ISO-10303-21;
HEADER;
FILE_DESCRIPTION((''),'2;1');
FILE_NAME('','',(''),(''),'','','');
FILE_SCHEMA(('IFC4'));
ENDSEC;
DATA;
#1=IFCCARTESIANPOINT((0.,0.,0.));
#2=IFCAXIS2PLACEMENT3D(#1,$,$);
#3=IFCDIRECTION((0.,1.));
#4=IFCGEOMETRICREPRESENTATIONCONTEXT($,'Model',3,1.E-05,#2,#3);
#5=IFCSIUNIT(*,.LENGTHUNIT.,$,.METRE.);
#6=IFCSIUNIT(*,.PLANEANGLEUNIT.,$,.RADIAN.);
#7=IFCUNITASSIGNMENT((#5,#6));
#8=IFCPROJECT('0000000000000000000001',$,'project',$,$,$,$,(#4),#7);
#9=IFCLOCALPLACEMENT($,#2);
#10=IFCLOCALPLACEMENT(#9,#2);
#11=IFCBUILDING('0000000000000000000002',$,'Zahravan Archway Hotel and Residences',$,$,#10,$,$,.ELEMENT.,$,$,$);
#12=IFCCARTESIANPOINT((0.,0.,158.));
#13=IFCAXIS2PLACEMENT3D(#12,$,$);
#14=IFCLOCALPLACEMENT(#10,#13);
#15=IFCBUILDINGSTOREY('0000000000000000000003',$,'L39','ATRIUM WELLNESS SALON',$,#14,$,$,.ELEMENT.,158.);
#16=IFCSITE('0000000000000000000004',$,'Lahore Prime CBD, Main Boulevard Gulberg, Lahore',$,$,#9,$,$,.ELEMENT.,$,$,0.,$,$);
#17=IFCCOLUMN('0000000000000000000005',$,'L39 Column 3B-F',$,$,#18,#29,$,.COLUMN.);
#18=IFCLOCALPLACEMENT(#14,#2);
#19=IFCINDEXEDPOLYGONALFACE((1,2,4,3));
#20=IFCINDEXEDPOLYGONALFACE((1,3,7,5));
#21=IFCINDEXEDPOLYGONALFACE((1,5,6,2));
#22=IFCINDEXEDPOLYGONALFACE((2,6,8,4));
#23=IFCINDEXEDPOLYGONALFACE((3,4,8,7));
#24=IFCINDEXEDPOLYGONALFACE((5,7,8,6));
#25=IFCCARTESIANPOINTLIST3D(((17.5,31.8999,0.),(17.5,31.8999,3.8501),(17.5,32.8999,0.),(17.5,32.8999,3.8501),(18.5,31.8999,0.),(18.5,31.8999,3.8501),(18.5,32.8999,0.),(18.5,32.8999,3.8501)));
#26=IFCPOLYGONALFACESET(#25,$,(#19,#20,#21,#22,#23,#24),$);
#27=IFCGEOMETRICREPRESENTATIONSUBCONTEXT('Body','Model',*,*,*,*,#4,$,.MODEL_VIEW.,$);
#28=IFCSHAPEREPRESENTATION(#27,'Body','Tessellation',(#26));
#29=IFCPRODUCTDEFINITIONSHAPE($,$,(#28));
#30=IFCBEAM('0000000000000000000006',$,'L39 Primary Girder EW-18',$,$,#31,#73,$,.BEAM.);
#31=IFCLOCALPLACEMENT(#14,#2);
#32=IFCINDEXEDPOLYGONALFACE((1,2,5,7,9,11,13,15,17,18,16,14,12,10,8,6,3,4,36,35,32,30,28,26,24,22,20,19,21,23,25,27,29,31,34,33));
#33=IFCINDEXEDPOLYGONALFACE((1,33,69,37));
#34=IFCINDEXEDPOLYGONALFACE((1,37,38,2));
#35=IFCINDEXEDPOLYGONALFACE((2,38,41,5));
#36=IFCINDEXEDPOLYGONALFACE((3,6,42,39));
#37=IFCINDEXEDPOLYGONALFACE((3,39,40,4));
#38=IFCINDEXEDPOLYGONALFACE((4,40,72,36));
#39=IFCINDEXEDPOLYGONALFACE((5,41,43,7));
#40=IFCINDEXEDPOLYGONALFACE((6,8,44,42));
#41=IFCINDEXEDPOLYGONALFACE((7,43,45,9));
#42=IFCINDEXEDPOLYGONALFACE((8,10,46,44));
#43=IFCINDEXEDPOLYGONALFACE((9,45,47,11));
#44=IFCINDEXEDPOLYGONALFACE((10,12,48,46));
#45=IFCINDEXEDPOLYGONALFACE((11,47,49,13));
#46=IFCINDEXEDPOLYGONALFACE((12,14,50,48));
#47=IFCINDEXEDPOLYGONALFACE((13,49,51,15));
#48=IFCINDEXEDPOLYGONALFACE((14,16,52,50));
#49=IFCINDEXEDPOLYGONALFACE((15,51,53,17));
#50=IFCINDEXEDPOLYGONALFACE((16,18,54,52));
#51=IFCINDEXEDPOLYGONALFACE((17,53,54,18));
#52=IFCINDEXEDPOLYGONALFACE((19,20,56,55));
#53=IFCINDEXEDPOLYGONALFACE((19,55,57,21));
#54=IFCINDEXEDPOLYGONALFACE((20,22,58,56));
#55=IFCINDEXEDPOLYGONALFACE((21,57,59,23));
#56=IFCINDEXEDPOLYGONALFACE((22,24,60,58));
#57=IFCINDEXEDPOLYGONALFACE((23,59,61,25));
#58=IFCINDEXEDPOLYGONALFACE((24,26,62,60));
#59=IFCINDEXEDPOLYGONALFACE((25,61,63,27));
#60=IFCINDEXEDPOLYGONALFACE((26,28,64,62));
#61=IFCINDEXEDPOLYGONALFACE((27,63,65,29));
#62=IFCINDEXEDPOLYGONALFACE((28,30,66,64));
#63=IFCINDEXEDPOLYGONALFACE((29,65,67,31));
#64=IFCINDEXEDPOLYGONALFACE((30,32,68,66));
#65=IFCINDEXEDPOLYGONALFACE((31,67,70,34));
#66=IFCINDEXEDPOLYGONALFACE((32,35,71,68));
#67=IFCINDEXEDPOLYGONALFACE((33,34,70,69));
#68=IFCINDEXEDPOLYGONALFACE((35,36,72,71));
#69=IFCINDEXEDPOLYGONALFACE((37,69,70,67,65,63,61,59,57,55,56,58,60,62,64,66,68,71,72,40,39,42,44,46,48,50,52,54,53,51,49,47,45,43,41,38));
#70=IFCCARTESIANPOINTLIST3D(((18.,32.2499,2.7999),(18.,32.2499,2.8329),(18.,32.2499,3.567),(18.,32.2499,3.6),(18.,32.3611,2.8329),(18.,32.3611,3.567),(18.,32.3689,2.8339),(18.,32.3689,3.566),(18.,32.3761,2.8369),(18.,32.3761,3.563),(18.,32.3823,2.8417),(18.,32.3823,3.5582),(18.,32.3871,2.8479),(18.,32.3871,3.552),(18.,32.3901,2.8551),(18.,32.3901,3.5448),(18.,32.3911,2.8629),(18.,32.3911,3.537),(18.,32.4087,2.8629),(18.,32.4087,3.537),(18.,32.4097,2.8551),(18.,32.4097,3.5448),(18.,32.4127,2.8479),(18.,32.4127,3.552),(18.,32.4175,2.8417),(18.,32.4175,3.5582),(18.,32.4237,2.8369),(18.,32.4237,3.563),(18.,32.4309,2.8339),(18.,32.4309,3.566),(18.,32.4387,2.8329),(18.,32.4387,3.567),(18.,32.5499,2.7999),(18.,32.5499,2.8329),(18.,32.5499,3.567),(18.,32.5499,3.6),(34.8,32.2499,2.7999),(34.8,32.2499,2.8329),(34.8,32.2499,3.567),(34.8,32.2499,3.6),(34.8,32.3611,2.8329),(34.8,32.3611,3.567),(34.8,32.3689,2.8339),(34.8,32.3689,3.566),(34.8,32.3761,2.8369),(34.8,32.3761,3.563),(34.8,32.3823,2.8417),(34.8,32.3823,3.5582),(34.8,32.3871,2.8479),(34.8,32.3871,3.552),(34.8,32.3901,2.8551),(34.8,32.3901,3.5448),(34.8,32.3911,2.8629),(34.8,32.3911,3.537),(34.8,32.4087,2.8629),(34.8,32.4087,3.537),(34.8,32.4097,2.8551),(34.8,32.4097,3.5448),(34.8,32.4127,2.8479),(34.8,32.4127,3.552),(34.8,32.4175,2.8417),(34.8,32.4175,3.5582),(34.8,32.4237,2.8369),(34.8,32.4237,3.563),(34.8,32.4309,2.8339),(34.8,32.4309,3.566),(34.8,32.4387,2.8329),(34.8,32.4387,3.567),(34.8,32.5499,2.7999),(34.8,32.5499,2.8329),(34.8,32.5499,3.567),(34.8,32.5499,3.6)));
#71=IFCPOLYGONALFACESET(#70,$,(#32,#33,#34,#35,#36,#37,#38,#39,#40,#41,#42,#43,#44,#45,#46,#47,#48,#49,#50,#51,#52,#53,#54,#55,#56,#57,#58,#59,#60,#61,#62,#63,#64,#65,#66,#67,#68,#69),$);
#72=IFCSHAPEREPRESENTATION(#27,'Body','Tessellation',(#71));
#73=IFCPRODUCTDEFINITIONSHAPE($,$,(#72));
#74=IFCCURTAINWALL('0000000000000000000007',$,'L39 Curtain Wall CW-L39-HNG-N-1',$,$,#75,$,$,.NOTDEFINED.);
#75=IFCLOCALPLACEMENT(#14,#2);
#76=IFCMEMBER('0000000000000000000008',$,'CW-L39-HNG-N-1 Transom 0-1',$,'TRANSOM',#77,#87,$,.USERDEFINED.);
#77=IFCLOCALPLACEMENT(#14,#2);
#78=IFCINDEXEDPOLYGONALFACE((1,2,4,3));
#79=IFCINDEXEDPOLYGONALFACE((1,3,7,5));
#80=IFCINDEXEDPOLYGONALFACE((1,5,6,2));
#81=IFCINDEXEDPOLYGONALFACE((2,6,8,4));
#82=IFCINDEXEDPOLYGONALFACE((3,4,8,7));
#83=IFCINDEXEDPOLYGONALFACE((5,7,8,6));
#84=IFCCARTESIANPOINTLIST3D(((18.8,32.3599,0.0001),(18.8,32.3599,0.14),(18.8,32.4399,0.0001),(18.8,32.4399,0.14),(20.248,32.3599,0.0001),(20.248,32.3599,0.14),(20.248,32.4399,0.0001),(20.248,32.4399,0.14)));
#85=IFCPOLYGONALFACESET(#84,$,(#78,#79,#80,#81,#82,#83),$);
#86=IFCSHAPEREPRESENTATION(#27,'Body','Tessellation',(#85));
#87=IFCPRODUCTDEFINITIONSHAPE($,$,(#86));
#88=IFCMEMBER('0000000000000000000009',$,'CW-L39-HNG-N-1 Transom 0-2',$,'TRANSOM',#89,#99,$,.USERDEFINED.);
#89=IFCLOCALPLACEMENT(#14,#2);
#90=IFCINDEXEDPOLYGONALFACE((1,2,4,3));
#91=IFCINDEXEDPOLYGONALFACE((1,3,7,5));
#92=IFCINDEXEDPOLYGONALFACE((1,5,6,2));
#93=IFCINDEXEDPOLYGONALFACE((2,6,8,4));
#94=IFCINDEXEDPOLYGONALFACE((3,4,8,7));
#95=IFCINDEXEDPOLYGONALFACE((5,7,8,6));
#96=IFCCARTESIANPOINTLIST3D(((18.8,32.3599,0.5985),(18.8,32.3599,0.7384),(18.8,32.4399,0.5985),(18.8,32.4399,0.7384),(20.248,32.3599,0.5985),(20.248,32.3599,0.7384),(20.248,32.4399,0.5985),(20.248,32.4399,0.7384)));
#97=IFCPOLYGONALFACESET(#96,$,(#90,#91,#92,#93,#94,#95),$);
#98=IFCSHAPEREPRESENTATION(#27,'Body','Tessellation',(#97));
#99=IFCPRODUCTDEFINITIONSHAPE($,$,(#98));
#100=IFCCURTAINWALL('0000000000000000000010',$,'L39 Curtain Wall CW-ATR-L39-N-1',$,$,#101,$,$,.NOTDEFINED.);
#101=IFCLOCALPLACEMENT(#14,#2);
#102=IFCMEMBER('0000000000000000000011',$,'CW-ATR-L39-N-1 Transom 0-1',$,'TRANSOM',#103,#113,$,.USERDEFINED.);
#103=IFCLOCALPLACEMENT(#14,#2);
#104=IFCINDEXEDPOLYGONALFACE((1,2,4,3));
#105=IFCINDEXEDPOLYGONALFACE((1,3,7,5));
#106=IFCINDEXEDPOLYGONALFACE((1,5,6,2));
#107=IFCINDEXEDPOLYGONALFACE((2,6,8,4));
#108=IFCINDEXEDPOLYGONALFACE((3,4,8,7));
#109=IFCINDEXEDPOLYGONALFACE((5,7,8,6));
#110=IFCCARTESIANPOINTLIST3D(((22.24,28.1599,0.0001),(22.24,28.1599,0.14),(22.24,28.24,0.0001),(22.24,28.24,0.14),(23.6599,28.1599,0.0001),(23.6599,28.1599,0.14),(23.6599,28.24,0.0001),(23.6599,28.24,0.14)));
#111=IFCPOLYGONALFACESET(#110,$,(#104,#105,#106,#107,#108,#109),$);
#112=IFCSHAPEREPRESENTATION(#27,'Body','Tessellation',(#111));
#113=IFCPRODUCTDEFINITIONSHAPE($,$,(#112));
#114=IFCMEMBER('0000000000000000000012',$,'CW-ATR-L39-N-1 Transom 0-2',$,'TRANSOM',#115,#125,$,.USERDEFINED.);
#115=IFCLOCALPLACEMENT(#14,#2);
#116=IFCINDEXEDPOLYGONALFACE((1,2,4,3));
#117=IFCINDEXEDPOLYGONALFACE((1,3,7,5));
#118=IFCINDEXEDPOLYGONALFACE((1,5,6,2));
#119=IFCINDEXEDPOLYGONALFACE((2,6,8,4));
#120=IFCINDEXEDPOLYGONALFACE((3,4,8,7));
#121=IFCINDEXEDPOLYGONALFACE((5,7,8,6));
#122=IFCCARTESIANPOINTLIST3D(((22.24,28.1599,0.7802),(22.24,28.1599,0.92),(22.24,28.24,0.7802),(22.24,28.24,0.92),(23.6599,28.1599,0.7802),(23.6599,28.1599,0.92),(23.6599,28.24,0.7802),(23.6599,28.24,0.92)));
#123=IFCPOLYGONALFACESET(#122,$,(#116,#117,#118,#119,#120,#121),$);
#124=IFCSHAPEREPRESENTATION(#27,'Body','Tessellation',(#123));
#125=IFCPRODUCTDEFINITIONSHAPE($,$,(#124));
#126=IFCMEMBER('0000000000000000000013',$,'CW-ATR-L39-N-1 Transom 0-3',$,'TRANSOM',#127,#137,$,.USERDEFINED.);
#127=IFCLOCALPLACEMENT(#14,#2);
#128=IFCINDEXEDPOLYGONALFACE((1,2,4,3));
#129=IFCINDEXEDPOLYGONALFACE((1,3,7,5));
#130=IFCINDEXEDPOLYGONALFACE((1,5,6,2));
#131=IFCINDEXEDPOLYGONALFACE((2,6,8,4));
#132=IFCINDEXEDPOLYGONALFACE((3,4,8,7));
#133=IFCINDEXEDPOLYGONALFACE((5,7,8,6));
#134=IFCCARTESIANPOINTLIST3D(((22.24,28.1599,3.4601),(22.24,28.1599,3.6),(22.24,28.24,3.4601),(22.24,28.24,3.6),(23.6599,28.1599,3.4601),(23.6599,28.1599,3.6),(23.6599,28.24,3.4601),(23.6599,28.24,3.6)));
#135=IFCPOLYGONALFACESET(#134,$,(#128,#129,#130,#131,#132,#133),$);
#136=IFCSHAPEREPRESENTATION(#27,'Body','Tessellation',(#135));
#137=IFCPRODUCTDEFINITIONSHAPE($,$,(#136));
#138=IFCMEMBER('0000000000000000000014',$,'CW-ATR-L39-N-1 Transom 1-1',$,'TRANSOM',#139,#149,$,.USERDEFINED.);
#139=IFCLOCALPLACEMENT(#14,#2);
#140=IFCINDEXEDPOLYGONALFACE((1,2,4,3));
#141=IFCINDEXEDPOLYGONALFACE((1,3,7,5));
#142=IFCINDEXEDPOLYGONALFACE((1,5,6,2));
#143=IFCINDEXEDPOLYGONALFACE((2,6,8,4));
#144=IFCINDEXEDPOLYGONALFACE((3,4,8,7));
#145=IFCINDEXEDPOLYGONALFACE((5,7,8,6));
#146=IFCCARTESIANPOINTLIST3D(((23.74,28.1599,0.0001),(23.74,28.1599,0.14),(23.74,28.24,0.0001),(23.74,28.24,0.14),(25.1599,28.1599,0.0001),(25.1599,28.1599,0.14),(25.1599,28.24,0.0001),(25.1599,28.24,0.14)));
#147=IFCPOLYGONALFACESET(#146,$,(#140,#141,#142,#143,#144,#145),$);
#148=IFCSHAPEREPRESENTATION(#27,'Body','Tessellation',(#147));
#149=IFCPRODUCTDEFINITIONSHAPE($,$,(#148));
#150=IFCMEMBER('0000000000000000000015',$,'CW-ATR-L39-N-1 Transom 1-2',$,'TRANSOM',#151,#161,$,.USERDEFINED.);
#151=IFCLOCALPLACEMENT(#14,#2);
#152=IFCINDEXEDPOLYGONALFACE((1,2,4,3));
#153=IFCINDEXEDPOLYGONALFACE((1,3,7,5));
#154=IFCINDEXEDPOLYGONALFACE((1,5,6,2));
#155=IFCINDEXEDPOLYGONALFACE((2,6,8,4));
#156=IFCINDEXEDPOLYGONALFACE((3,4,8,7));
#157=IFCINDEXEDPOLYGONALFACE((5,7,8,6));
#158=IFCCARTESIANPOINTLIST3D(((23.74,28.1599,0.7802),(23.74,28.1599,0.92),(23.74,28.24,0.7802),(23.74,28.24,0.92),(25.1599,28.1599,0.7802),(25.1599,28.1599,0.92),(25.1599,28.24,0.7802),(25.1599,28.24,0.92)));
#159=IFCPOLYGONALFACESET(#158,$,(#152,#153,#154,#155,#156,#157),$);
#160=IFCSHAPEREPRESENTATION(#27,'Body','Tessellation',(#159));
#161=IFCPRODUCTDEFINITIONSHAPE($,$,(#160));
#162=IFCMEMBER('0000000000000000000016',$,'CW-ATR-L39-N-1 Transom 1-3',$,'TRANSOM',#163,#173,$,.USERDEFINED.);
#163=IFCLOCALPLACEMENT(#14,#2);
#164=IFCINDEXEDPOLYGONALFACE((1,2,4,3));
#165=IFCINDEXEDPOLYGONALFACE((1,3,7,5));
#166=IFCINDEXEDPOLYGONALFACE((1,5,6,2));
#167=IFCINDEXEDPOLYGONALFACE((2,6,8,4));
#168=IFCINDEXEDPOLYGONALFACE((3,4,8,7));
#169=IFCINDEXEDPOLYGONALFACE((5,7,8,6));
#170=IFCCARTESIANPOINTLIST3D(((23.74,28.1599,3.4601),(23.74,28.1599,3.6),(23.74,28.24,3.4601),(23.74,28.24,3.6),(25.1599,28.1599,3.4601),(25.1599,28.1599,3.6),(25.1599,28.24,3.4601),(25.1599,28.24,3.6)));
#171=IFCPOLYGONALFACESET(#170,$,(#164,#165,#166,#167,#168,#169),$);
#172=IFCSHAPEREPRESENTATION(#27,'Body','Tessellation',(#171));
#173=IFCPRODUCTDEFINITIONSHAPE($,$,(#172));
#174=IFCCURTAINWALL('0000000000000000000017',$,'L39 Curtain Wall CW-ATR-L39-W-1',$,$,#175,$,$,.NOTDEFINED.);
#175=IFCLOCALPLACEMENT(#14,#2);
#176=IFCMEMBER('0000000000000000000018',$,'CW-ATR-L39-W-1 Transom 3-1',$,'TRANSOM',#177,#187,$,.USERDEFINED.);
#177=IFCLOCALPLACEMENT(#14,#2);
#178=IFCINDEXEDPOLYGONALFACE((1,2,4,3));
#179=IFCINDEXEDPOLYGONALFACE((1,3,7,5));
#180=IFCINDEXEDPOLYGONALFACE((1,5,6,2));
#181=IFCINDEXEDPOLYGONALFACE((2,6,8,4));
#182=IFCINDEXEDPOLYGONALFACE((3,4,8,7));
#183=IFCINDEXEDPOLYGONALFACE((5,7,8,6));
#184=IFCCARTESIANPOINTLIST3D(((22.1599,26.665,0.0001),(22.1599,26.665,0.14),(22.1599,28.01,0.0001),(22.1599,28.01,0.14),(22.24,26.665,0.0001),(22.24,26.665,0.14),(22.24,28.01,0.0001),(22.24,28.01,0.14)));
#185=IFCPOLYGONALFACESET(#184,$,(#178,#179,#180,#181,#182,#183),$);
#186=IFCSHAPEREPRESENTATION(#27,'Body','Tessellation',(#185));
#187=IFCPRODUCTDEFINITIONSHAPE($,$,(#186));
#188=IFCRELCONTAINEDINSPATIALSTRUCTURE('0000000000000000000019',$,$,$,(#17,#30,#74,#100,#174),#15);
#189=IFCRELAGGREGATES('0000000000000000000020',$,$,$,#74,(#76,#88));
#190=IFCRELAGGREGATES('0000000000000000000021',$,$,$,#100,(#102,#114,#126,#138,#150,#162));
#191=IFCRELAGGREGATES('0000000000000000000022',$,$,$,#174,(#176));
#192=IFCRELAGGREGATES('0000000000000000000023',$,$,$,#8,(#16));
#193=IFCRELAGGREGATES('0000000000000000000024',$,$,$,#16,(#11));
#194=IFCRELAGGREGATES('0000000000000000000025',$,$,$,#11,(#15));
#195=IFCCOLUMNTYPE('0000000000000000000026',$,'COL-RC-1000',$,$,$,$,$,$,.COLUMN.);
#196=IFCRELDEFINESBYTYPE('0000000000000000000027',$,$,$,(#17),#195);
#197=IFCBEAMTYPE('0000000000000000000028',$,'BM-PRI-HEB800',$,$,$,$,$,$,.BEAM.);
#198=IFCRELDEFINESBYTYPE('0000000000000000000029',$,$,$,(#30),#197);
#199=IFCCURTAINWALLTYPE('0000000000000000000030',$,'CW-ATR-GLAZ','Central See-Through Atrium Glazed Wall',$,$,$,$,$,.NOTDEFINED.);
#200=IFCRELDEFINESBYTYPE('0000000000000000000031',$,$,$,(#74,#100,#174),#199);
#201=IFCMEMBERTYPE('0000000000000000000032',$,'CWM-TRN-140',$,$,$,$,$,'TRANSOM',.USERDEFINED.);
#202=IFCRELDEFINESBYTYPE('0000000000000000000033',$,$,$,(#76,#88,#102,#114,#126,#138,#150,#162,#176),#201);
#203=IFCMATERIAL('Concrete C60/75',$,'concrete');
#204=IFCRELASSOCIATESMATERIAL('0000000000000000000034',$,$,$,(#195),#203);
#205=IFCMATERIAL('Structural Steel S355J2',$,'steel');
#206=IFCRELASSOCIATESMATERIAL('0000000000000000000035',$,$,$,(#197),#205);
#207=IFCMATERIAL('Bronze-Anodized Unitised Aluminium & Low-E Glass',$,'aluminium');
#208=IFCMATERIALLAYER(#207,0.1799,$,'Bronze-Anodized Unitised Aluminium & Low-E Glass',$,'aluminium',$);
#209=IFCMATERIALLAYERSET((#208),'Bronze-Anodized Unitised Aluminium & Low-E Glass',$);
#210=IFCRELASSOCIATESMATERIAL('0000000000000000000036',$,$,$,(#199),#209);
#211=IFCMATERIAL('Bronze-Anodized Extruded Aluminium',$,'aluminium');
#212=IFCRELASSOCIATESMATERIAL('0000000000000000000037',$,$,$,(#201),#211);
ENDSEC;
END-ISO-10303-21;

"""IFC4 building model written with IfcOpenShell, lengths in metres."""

from ifc_helpers import new_model, si_unit, direction, frame, origin, origin_2d, place, context, subcontext, project, spatial, rectangle, i_section, extrude, source, transform, mapped, material, layer, layer_set, material_profile, profile_set, type_object, type_shapes, element, aggregate, save


model = new_model("IFC4")

# Units and contexts
model_context = context("Model", 3, precision=1e-05, world=origin(), true_north=direction((0.0, 1.0)))
body_context = subcontext(model_context, "Body", "Model", "MODEL_VIEW")
ifc_project = project(units=[si_unit("LENGTHUNIT", "METRE"), si_unit("PLANEANGLEUNIT", "RADIAN")], contexts=[model_context])

# Site, building, storey
site_placement = place(None, origin())
site = spatial("IfcSite", under=ifc_project, at=site_placement, Name="Lahore Prime CBD, Main Boulevard Gulberg, Lahore", CompositionType="ELEMENT", RefElevation=0.0)
building_placement = place(site_placement, origin())
building = spatial("IfcBuilding", under=site, at=building_placement, Name="Zahravan Archway Hotel and Residences", CompositionType="ELEMENT")
storey_placement = place(building_placement, frame((0.0, 0.0, 158.0)))
storey = spatial("IfcBuildingStorey", under=building, at=storey_placement, Name="L39", Description="ATRIUM WELLNESS SALON", CompositionType="ELEMENT", Elevation=158.0)

# Column
ifc_material_1 = material(Name="Concrete C60/75", Category="concrete")
ifc_material_profile_1 = material_profile(ifc_material_1, rectangle(XDim=1.0, YDim=1.0, at=origin_2d()), Name="RC-COL-1000x1000", Category="concrete")
ifc_profile_set_1 = profile_set([ifc_material_profile_1], Name="Concrete C60/75")
column_type = type_object("IfcColumnType", Name="COL-RC-1000", PredefinedType="COLUMN", material=ifc_profile_set_1)
shared_shape_1 = source(origin(), body_context, "Body", "SweptSolid", [
    extrude(rectangle(XDim=1.0, YDim=1.0, at=origin_2d()), origin(), (0.0, 0.0, 1.0), 3.8501),
])
column_placement = place(storey_placement, frame((18.0, 32.3999, 0.0), z_axis=(0.0, 0.0, 1.0), x_axis=(1.0, 0.0, 0.0)))
element("IfcColumn", 1, at=column_placement, inside=storey, type_object=column_type, Name="L39 Column 3B-F", PredefinedType="COLUMN", context=body_context, shape_type="MappedRepresentation", body=[
    mapped(shared_shape_1, transform((0.0, 0.0, 0.0), scale=1.0)),
])

# Beam
ifc_material_2 = material(Name="Structural Steel S355J2", Category="steel")
ifc_material_profile_2 = material_profile(ifc_material_2, i_section(OverallWidth=0.3, OverallDepth=0.8, WebThickness=0.0176, FlangeThickness=0.033, FilletRadius=0.03, at=origin_2d()), Name="HEB 800", Category="steel")
ifc_profile_set_2 = profile_set([ifc_material_profile_2], Name="Structural Steel S355J2")
beam_type = type_object("IfcBeamType", Name="BM-PRI-HEB800", PredefinedType="BEAM", material=ifc_profile_set_2)
shared_shape_2 = source(origin(), body_context, "Body", "SweptSolid", [
    extrude(i_section(OverallWidth=0.3, OverallDepth=0.8, WebThickness=0.0176, FlangeThickness=0.033, FilletRadius=0.03, at=origin_2d()), origin(), (0.0, 0.0, 1.0), 16.8),
])
type_shapes(beam_type, [shared_shape_2])
beam_placement = place(storey_placement, frame((18.0, 32.3999, 3.2), z_axis=(1.0, 0.0, 0.0), x_axis=(0.0, 1.0, 0.0)))
element("IfcBeam", 2, at=beam_placement, inside=storey, type_object=beam_type, Name="L39 Primary Girder EW-18", PredefinedType="BEAM", context=body_context, shape_type="MappedRepresentation", body=[
    mapped(shared_shape_2, transform((0.0, 0.0, 0.0), scale=1.0)),
])

# Curtain walls, members
ifc_material_3 = material(Name="Bronze-Anodized Unitised Aluminium & Low-E Glass", Category="aluminium")
ifc_layer_1 = layer(ifc_material_3, 0.1799, Name="Bronze-Anodized Unitised Aluminium & Low-E Glass", Category="aluminium")
ifc_layer_set_1 = layer_set([ifc_layer_1], Name="Bronze-Anodized Unitised Aluminium & Low-E Glass")
curtain_wall_type = type_object("IfcCurtainWallType", Name="CW-ATR-GLAZ", Description="Central See-Through Atrium Glazed Wall", PredefinedType="NOTDEFINED", material=ifc_layer_set_1)
curtain_wall_1_placement = place(storey_placement, origin())
curtain_wall_1 = element("IfcCurtainWall", 3, at=curtain_wall_1_placement, inside=storey, type_object=curtain_wall_type, Name="L39 Curtain Wall CW-L39-HNG-N-1", PredefinedType="NOTDEFINED")
ifc_material_4 = material(Name="Bronze-Anodized Extruded Aluminium", Category="aluminium")
ifc_material_profile_3 = material_profile(ifc_material_4, rectangle(XDim=0.0801, YDim=0.1399, at=origin_2d()), Name="TRN 80x140", Category="aluminium")
ifc_profile_set_3 = profile_set([ifc_material_profile_3], Name="Bronze-Anodized Extruded Aluminium")
member_type_1 = type_object("IfcMemberType", Name="CWM-TRN-140", ElementType="TRANSOM", PredefinedType="USERDEFINED", material=ifc_profile_set_3)
shared_shape_3 = source(origin(), body_context, "Body", "SweptSolid", [
    extrude(rectangle(XDim=0.0801, YDim=0.1399, at=origin_2d()), origin(), (0.0, 0.0, 1.0), 1.448),
])
member_1_placement = place(storey_placement, frame((18.8, 32.3999, 0.0701), z_axis=(1.0, 0.0, 0.0), x_axis=(0.0, 1.0, 0.0)))
member_1 = element("IfcMember", 4, at=member_1_placement, type_object=member_type_1, Name="CW-L39-HNG-N-1 Transom 0-1", ObjectType="TRANSOM", PredefinedType="USERDEFINED", context=body_context, shape_type="MappedRepresentation", body=[
    mapped(shared_shape_3, transform((0.0, 0.0, 0.0), scale=1.0)),
])
member_2_placement = place(storey_placement, frame((18.8, 32.3999, 0.6685), z_axis=(1.0, 0.0, 0.0), x_axis=(0.0, 1.0, 0.0)))
member_2 = element("IfcMember", 5, at=member_2_placement, type_object=member_type_1, Name="CW-L39-HNG-N-1 Transom 0-2", ObjectType="TRANSOM", PredefinedType="USERDEFINED", context=body_context, shape_type="MappedRepresentation", body=[
    mapped(shared_shape_3, transform((0.0, 0.0, 0.0), scale=1.0)),
])
curtain_wall_2_placement = place(storey_placement, origin())
curtain_wall_2 = element("IfcCurtainWall", 6, at=curtain_wall_2_placement, inside=storey, type_object=curtain_wall_type, Name="L39 Curtain Wall CW-ATR-L39-N-1", PredefinedType="NOTDEFINED")
shared_shape_4 = source(origin(), body_context, "Body", "SweptSolid", [
    extrude(rectangle(XDim=0.0801, YDim=0.1399, at=origin_2d()), origin(), (0.0, 0.0, 1.0), 1.4199),
])
member_3_placement = place(storey_placement, frame((22.24, 28.2, 0.0701), z_axis=(1.0, 0.0, 0.0), x_axis=(0.0, 1.0, 0.0)))
member_3 = element("IfcMember", 7, at=member_3_placement, type_object=member_type_1, Name="CW-ATR-L39-N-1 Transom 0-1", ObjectType="TRANSOM", PredefinedType="USERDEFINED", context=body_context, shape_type="MappedRepresentation", body=[
    mapped(shared_shape_4, transform((0.0, 0.0, 0.0), scale=1.0)),
])
member_4_placement = place(storey_placement, frame((22.24, 28.2, 0.8501), z_axis=(1.0, 0.0, 0.0), x_axis=(0.0, 1.0, 0.0)))
member_4 = element("IfcMember", 8, at=member_4_placement, type_object=member_type_1, Name="CW-ATR-L39-N-1 Transom 0-2", ObjectType="TRANSOM", PredefinedType="USERDEFINED", context=body_context, shape_type="MappedRepresentation", body=[
    mapped(shared_shape_4, transform((0.0, 0.0, 0.0), scale=1.0)),
])
member_5_placement = place(storey_placement, frame((22.24, 28.2, 3.53), z_axis=(1.0, 0.0, 0.0), x_axis=(0.0, 1.0, 0.0)))
member_5 = element("IfcMember", 9, at=member_5_placement, type_object=member_type_1, Name="CW-ATR-L39-N-1 Transom 0-3", ObjectType="TRANSOM", PredefinedType="USERDEFINED", context=body_context, shape_type="MappedRepresentation", body=[
    mapped(shared_shape_4, transform((0.0, 0.0, 0.0), scale=1.0)),
])
member_6_placement = place(storey_placement, frame((23.74, 28.2, 0.0701), z_axis=(1.0, 0.0, 0.0), x_axis=(0.0, 1.0, 0.0)))
member_6 = element("IfcMember", 10, at=member_6_placement, type_object=member_type_1, Name="CW-ATR-L39-N-1 Transom 1-1", ObjectType="TRANSOM", PredefinedType="USERDEFINED", context=body_context, shape_type="MappedRepresentation", body=[
    mapped(shared_shape_4, transform((0.0, 0.0, 0.0), scale=1.0)),
])
member_7_placement = place(storey_placement, frame((23.74, 28.2, 0.8501), z_axis=(1.0, 0.0, 0.0), x_axis=(0.0, 1.0, 0.0)))
member_7 = element("IfcMember", 11, at=member_7_placement, type_object=member_type_1, Name="CW-ATR-L39-N-1 Transom 1-2", ObjectType="TRANSOM", PredefinedType="USERDEFINED", context=body_context, shape_type="MappedRepresentation", body=[
    mapped(shared_shape_4, transform((0.0, 0.0, 0.0), scale=1.0)),
])
member_8_placement = place(storey_placement, frame((23.74, 28.2, 3.53), z_axis=(1.0, 0.0, 0.0), x_axis=(0.0, 1.0, 0.0)))
member_8 = element("IfcMember", 12, at=member_8_placement, type_object=member_type_1, Name="CW-ATR-L39-N-1 Transom 1-3", ObjectType="TRANSOM", PredefinedType="USERDEFINED", context=body_context, shape_type="MappedRepresentation", body=[
    mapped(shared_shape_4, transform((0.0, 0.0, 0.0), scale=1.0)),
])
curtain_wall_3_placement = place(storey_placement, origin())
curtain_wall_3 = element("IfcCurtainWall", 13, at=curtain_wall_3_placement, inside=storey, type_object=curtain_wall_type, Name="L39 Curtain Wall CW-ATR-L39-W-1", PredefinedType="NOTDEFINED")
shared_shape_5 = source(origin(), body_context, "Body", "SweptSolid", [
    extrude(rectangle(XDim=0.0801, YDim=0.1399, at=origin_2d()), origin(), (0.0, 0.0, 1.0), 1.345),
])
member_9_placement = place(storey_placement, frame((22.2, 26.665, 0.0701), z_axis=(0.0, 1.0, 0.0), x_axis=(-1.0, 0.0, 0.0)))
member_9 = element("IfcMember", 14, at=member_9_placement, type_object=member_type_1, Name="CW-ATR-L39-W-1 Transom 3-1", ObjectType="TRANSOM", PredefinedType="USERDEFINED", context=body_context, shape_type="MappedRepresentation", body=[
    mapped(shared_shape_5, transform((0.0, 0.0, 0.0), scale=1.0)),
])

aggregate(curtain_wall_1, [member_1, member_2])

aggregate(curtain_wall_2, [member_3, member_4, member_5, member_6, member_7, member_8])
aggregate(curtain_wall_3, [member_9])

save(model, "model.ifc")
